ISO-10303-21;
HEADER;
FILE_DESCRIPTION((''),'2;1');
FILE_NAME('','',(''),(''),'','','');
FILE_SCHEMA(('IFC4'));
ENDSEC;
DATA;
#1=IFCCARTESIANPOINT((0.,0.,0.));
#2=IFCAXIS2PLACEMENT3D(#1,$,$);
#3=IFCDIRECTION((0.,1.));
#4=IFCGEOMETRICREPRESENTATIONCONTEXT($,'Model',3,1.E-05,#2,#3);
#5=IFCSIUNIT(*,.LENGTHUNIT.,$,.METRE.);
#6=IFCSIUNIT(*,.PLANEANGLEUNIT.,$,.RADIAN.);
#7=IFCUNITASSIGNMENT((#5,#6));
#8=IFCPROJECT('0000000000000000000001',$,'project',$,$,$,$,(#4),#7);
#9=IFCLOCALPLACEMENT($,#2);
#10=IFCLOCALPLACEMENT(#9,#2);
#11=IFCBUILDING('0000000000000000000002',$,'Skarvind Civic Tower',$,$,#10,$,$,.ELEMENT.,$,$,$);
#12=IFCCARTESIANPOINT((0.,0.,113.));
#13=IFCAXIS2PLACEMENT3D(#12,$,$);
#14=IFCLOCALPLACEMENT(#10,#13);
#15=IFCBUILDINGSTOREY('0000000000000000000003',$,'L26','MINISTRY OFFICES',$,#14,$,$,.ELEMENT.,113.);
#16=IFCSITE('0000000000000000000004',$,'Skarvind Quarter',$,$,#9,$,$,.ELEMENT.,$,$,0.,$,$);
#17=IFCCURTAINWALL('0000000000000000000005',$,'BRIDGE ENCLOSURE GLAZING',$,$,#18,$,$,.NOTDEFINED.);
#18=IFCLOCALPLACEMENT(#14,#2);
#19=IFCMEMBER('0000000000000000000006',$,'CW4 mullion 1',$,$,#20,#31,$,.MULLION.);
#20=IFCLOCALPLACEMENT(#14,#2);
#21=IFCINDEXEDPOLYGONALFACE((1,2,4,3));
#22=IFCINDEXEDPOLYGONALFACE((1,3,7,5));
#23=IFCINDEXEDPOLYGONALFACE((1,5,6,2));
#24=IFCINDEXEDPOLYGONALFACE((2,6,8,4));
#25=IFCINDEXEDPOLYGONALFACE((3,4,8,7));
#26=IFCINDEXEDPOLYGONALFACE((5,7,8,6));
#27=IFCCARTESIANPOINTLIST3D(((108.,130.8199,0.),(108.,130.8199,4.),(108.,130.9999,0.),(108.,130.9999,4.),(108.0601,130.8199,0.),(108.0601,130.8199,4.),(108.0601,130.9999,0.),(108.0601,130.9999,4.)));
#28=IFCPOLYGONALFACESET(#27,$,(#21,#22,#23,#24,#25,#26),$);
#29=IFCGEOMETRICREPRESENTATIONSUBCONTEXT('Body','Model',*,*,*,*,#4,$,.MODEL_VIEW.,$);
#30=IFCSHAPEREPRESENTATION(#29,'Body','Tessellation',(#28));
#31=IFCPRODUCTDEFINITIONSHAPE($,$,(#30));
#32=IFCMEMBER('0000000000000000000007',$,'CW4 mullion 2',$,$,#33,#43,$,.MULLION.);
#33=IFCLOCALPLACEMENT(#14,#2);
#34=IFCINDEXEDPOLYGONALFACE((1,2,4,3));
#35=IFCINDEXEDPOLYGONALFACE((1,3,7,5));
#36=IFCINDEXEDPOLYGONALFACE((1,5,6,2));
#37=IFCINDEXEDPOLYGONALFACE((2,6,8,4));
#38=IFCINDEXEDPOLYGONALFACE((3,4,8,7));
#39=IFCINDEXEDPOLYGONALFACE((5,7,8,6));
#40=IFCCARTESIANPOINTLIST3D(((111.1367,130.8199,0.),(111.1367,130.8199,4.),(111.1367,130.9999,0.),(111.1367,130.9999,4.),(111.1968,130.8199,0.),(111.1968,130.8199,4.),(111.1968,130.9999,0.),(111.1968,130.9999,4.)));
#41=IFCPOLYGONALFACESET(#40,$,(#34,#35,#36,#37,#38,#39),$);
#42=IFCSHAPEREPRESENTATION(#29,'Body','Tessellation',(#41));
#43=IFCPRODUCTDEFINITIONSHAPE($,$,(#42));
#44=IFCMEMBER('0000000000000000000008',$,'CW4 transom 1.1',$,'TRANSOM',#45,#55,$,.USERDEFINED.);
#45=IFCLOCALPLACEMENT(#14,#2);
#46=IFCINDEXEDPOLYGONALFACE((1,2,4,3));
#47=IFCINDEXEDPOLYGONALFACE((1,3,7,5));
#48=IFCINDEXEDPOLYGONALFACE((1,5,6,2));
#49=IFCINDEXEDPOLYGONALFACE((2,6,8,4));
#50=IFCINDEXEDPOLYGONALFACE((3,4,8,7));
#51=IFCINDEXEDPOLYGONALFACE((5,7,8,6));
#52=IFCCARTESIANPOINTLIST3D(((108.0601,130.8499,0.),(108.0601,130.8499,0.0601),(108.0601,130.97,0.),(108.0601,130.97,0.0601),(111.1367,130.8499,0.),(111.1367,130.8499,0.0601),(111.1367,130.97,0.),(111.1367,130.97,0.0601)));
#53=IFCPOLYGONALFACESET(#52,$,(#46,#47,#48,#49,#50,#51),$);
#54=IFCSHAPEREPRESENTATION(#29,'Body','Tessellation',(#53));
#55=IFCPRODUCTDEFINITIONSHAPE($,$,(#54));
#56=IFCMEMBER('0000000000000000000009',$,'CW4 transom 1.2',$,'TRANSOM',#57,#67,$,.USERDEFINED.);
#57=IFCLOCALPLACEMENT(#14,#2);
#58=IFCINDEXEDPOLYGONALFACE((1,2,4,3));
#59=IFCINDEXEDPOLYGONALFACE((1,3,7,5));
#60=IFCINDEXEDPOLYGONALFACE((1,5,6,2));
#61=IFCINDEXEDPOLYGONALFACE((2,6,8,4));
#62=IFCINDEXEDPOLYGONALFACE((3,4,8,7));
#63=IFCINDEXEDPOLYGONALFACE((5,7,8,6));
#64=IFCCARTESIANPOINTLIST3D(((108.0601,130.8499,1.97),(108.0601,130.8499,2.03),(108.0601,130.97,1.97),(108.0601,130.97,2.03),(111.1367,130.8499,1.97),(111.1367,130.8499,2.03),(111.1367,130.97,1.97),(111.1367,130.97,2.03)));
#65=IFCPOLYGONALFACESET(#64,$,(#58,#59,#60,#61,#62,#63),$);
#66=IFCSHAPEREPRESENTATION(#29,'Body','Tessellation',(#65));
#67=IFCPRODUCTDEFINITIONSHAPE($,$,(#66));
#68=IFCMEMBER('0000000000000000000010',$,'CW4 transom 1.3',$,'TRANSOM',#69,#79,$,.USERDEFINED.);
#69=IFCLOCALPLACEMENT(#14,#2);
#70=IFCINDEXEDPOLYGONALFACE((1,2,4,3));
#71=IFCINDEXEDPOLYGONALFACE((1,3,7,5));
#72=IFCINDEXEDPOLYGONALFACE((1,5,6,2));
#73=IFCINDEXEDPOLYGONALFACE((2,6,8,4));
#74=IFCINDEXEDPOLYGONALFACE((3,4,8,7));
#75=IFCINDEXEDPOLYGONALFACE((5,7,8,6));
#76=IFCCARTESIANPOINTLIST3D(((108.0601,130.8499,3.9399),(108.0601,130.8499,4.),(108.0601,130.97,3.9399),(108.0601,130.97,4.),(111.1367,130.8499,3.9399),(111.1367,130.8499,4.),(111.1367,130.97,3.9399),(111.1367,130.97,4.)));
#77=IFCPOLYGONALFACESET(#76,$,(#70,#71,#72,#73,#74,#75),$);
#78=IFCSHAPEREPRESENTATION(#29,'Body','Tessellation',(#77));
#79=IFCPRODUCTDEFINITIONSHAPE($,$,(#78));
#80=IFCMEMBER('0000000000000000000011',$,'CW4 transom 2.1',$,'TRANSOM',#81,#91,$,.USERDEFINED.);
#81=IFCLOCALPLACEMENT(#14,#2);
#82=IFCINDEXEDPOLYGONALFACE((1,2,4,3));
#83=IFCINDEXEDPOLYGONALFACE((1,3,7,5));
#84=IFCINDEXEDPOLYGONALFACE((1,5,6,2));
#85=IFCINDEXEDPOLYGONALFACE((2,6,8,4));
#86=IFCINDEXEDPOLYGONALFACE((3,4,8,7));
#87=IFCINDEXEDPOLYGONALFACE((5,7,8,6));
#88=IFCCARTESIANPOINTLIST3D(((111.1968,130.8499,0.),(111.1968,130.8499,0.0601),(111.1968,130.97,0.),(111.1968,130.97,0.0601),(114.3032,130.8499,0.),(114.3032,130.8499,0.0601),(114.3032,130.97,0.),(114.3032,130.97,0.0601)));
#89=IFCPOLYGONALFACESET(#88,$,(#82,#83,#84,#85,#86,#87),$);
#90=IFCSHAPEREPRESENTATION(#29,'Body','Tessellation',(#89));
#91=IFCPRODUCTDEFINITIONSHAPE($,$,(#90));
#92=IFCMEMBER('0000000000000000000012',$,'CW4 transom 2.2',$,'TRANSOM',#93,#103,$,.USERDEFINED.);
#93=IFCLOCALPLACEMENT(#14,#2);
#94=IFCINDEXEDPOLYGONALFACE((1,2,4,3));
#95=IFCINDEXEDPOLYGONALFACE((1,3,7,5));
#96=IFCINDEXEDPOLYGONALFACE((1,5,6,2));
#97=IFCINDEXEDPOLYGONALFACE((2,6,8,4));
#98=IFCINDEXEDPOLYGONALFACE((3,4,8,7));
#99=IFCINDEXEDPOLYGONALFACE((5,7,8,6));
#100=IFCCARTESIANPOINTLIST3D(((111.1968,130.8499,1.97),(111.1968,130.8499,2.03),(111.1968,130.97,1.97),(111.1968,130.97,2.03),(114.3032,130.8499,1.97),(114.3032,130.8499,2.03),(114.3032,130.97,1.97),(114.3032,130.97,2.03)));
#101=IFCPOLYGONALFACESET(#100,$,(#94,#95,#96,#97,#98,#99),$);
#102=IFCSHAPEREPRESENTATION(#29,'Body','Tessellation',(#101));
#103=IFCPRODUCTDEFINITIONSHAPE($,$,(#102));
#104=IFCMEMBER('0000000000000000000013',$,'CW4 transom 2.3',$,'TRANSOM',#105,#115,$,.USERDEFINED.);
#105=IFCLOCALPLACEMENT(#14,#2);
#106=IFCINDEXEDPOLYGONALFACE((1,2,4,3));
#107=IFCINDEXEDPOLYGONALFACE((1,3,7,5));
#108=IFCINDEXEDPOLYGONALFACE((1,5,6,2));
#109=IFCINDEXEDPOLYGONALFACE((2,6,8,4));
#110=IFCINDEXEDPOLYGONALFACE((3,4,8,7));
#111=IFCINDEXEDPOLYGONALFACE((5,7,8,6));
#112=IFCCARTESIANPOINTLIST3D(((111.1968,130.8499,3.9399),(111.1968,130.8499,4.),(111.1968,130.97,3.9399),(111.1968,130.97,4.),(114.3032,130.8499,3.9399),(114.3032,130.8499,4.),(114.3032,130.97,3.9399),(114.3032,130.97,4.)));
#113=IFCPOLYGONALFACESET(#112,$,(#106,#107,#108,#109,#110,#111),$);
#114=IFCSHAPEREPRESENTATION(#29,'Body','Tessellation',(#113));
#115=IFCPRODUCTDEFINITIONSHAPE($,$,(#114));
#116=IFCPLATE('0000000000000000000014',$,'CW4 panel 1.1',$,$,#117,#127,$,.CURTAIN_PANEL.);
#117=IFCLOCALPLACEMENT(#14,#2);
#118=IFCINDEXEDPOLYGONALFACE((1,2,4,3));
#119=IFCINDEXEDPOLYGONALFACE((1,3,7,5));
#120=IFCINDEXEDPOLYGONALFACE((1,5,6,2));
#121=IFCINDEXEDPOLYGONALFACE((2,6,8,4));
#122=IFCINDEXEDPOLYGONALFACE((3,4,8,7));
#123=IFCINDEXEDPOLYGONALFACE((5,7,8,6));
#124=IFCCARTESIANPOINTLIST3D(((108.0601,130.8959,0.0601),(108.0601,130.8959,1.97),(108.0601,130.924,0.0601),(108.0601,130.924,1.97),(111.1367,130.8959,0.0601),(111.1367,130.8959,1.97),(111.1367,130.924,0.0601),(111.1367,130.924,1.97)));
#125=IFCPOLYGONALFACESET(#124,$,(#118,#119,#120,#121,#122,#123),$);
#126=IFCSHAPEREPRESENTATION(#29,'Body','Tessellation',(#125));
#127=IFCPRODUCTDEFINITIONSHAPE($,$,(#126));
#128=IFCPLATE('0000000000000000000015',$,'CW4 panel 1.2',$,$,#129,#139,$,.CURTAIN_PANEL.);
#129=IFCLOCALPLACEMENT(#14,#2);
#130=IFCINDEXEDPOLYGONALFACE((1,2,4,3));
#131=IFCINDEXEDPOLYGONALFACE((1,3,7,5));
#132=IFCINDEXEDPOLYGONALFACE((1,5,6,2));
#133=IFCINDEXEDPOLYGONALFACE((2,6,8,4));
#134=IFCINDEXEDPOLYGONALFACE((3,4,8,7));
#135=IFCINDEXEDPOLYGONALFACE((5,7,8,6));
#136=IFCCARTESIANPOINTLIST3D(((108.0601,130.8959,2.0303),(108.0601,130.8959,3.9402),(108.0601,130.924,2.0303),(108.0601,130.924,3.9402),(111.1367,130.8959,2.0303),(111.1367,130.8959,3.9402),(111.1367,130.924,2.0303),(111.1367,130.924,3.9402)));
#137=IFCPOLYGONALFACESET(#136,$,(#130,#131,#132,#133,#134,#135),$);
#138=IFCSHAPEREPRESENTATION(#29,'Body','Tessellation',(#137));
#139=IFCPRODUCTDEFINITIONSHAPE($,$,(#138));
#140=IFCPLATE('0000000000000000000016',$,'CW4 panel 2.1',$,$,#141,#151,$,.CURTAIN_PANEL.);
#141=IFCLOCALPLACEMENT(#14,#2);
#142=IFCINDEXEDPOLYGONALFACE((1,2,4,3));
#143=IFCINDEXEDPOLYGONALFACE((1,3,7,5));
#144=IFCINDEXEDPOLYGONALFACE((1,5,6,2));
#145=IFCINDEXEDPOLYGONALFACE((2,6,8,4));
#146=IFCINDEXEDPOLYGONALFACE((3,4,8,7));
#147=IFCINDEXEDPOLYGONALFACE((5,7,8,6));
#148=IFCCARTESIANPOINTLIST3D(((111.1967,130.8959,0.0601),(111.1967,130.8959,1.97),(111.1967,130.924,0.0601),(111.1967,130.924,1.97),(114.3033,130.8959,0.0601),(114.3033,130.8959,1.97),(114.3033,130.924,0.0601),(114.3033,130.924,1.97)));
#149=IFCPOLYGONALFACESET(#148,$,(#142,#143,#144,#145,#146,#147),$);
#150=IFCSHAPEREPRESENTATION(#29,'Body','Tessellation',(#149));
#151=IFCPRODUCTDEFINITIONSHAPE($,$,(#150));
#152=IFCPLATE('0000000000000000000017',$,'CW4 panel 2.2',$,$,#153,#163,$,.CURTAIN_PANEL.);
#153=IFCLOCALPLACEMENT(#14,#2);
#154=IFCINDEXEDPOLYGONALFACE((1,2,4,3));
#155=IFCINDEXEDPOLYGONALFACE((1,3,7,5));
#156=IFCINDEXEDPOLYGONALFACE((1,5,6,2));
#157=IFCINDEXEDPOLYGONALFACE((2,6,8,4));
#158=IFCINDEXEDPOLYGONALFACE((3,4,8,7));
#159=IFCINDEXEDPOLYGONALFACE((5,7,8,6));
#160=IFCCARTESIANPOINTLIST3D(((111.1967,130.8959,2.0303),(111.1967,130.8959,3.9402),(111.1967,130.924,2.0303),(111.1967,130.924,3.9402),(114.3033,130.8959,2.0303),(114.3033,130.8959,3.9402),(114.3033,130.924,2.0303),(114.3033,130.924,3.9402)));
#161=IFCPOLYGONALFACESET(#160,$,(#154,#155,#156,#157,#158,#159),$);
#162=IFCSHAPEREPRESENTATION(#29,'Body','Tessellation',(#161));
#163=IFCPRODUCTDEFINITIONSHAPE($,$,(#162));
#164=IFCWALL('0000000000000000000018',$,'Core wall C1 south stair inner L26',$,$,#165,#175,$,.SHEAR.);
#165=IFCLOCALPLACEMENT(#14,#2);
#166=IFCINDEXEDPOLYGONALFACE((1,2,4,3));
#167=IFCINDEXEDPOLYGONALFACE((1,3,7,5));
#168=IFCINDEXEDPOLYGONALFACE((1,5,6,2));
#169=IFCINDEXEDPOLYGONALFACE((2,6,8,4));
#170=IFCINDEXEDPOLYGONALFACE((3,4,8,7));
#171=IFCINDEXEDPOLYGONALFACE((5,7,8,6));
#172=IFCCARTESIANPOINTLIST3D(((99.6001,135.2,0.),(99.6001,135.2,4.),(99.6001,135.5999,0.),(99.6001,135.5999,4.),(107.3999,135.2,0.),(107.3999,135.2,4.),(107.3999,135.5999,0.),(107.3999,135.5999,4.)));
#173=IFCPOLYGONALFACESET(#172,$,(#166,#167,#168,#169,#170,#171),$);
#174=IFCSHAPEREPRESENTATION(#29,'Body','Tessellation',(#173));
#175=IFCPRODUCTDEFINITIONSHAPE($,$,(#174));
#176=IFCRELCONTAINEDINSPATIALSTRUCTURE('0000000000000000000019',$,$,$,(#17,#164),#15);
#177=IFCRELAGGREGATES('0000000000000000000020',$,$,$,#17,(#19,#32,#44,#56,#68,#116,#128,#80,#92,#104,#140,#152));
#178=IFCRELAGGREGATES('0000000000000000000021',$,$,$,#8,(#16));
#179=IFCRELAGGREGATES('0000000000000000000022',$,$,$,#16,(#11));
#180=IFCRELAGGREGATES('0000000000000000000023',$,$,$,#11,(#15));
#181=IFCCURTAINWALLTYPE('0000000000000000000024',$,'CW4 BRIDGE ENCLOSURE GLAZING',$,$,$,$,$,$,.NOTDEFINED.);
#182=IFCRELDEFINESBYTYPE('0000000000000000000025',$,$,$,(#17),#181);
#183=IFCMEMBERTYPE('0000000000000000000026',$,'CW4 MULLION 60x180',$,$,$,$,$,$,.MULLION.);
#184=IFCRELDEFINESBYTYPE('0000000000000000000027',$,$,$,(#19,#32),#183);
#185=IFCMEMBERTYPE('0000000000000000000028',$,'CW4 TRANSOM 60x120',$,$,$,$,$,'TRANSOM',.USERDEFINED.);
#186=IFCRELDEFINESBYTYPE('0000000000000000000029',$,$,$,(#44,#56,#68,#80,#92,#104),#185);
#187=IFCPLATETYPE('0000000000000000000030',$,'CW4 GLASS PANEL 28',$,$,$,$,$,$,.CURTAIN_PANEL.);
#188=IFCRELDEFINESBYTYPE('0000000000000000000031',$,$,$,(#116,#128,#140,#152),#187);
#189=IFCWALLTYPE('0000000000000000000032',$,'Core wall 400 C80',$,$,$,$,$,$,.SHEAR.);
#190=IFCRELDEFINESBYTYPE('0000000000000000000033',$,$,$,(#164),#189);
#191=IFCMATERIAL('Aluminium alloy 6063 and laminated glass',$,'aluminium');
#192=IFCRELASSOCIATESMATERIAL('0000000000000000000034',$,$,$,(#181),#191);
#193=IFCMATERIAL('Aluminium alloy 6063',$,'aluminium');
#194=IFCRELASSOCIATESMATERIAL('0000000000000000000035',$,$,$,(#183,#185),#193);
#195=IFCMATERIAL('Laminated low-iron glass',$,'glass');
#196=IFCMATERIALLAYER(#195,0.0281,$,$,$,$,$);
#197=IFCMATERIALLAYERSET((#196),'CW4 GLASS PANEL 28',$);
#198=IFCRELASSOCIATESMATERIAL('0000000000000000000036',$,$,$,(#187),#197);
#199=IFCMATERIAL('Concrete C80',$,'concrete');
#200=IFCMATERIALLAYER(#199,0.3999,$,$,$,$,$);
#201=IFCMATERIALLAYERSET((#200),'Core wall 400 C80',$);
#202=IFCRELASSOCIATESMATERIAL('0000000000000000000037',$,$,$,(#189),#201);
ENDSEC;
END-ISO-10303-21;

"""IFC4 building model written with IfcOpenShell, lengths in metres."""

from ifc_helpers import new_model, si_unit, direction, frame, frame_2d, origin, origin_2d, place, context, subcontext, project, spatial, rectangle, extrude, material, layer, layer_set, material_profile, profile_set, type_object, element, aggregate, save


model = new_model("IFC4")

# Units and contexts
model_context = context("Model", 3, precision=1e-05, world=origin(), true_north=direction((0.0, 1.0)))
body_context = subcontext(model_context, "Body", "Model", "MODEL_VIEW")
ifc_project = project(units=[si_unit("LENGTHUNIT", "METRE"), si_unit("PLANEANGLEUNIT", "RADIAN")], contexts=[model_context])

# Site, building, storey
site_placement = place(None, origin())
site = spatial("IfcSite", under=ifc_project, at=site_placement, Name="Skarvind Quarter", CompositionType="ELEMENT", RefElevation=0.0)
building_placement = place(site_placement, origin())
building = spatial("IfcBuilding", under=site, at=building_placement, Name="Skarvind Civic Tower", CompositionType="ELEMENT")
storey_placement = place(building_placement, frame((0.0, 0.0, 113.0)))
storey = spatial("IfcBuildingStorey", under=building, at=storey_placement, Name="L26", Description="MINISTRY OFFICES", CompositionType="ELEMENT", Elevation=113.0)

# Curtain wall, members, plates
ifc_material_1 = material(Name="Aluminium alloy 6063 and laminated glass", Category="aluminium")
curtain_wall_type = type_object("IfcCurtainWallType", Name="CW4 BRIDGE ENCLOSURE GLAZING", PredefinedType="NOTDEFINED", material=ifc_material_1)
curtain_wall_placement = place(storey_placement, origin())
curtain_wall = element("IfcCurtainWall", 1, at=curtain_wall_placement, inside=storey, type_object=curtain_wall_type, Name="BRIDGE ENCLOSURE GLAZING", PredefinedType="NOTDEFINED")
ifc_material_2 = material(Name="Aluminium alloy 6063", Category="aluminium")
ifc_material_profile_1 = material_profile(ifc_material_2, rectangle(XDim=0.1799, YDim=0.0601, at=origin_2d()), Name="AL 60x180")
ifc_profile_set_1 = profile_set([ifc_material_profile_1], Name="Aluminium alloy 6063")
member_type_1 = type_object("IfcMemberType", Name="CW4 MULLION 60x180", PredefinedType="MULLION", material=ifc_profile_set_1)
member_1_placement = place(storey_placement, frame((108.03, 130.9099, 0.0), z_axis=(0.0, 0.0, 1.0), x_axis=(0.0, 1.0, 0.0)))
member_1 = element("IfcMember", 2, at=member_1_placement, type_object=member_type_1, Name="CW4 mullion 1", PredefinedType="MULLION", context=body_context, shape_type="SweptSolid", body=[
    extrude(rectangle(XDim=0.1799, YDim=0.0601, at=origin_2d()), origin(), (0.0, 0.0, 1.0), 4.0),
])
member_2_placement = place(storey_placement, frame((111.1667, 130.9099, 0.0), z_axis=(0.0, 0.0, 1.0), x_axis=(0.0, 1.0, 0.0)))
member_2 = element("IfcMember", 3, at=member_2_placement, type_object=member_type_1, Name="CW4 mullion 2", PredefinedType="MULLION", context=body_context, shape_type="SweptSolid", body=[
    extrude(rectangle(XDim=0.1799, YDim=0.0601, at=origin_2d()), origin(), (0.0, 0.0, 1.0), 4.0),
])
ifc_material_profile_2 = material_profile(ifc_material_2, rectangle(XDim=0.1201, YDim=0.0601, at=origin_2d()), Name="AL 60x120")
ifc_profile_set_2 = profile_set([ifc_material_profile_2], Name="Aluminium alloy 6063")
member_type_2 = type_object("IfcMemberType", Name="CW4 TRANSOM 60x120", ElementType="TRANSOM", PredefinedType="USERDEFINED", material=ifc_profile_set_2)
member_3_placement = place(storey_placement, frame((108.0601, 130.9099, 0.03), z_axis=(1.0, 0.0, 0.0), x_axis=(0.0, 1.0, 0.0)))
member_3 = element("IfcMember", 4, at=member_3_placement, type_object=member_type_2, Name="CW4 transom 1.1", ObjectType="TRANSOM", PredefinedType="USERDEFINED", context=body_context, shape_type="SweptSolid", body=[
    extrude(rectangle(XDim=0.1201, YDim=0.0601, at=origin_2d()), origin(), (0.0, 0.0, 1.0), 3.0767),
])
member_4_placement = place(storey_placement, frame((108.0601, 130.9099, 2.0), z_axis=(1.0, 0.0, 0.0), x_axis=(0.0, 1.0, 0.0)))
member_4 = element("IfcMember", 5, at=member_4_placement, type_object=member_type_2, Name="CW4 transom 1.2", ObjectType="TRANSOM", PredefinedType="USERDEFINED", context=body_context, shape_type="SweptSolid", body=[
    extrude(rectangle(XDim=0.1201, YDim=0.0601, at=origin_2d()), origin(), (0.0, 0.0, 1.0), 3.0767),
])
member_5_placement = place(storey_placement, frame((108.0601, 130.9099, 3.97), z_axis=(1.0, 0.0, 0.0), x_axis=(0.0, 1.0, 0.0)))
member_5 = element("IfcMember", 6, at=member_5_placement, type_object=member_type_2, Name="CW4 transom 1.3", ObjectType="TRANSOM", PredefinedType="USERDEFINED", context=body_context, shape_type="SweptSolid", body=[
    extrude(rectangle(XDim=0.1201, YDim=0.0601, at=origin_2d()), origin(), (0.0, 0.0, 1.0), 3.0767),
])
member_6_placement = place(storey_placement, frame((111.1968, 130.9099, 0.03), z_axis=(1.0, 0.0, 0.0), x_axis=(0.0, 1.0, 0.0)))
member_6 = element("IfcMember", 7, at=member_6_placement, type_object=member_type_2, Name="CW4 transom 2.1", ObjectType="TRANSOM", PredefinedType="USERDEFINED", context=body_context, shape_type="SweptSolid", body=[
    extrude(rectangle(XDim=0.1201, YDim=0.0601, at=origin_2d()), origin(), (0.0, 0.0, 1.0), 3.1064),
])
member_7_placement = place(storey_placement, frame((111.1968, 130.9099, 2.0), z_axis=(1.0, 0.0, 0.0), x_axis=(0.0, 1.0, 0.0)))
member_7 = element("IfcMember", 8, at=member_7_placement, type_object=member_type_2, Name="CW4 transom 2.2", ObjectType="TRANSOM", PredefinedType="USERDEFINED", context=body_context, shape_type="SweptSolid", body=[
    extrude(rectangle(XDim=0.1201, YDim=0.0601, at=origin_2d()), origin(), (0.0, 0.0, 1.0), 3.1064),
])
member_8_placement = place(storey_placement, frame((111.1968, 130.9099, 3.97), z_axis=(1.0, 0.0, 0.0), x_axis=(0.0, 1.0, 0.0)))
member_8 = element("IfcMember", 9, at=member_8_placement, type_object=member_type_2, Name="CW4 transom 2.3", ObjectType="TRANSOM", PredefinedType="USERDEFINED", context=body_context, shape_type="SweptSolid", body=[
    extrude(rectangle(XDim=0.1201, YDim=0.0601, at=origin_2d()), origin(), (0.0, 0.0, 1.0), 3.1064),
])
ifc_material_3 = material(Name="Laminated low-iron glass", Category="glass")
ifc_layer_1 = layer(ifc_material_3, 0.0281)
ifc_layer_set_1 = layer_set([ifc_layer_1], Name="CW4 GLASS PANEL 28")
plate_type = type_object("IfcPlateType", Name="CW4 GLASS PANEL 28", PredefinedType="CURTAIN_PANEL", material=ifc_layer_set_1)
plate_1_placement = place(storey_placement, frame((109.5984, 130.9099, 0.0601), z_axis=(0.0, 0.0, 1.0), x_axis=(1.0, 0.0, 0.0)))
plate_1 = element("IfcPlate", 10, at=plate_1_placement, type_object=plate_type, Name="CW4 panel 1.1", PredefinedType="CURTAIN_PANEL", context=body_context, shape_type="SweptSolid", body=[
    extrude(rectangle(XDim=3.0767, YDim=0.0281, at=origin_2d()), origin(), (0.0, 0.0, 1.0), 1.9099),
])
plate_2_placement = place(storey_placement, frame((109.5984, 130.9099, 2.0303), z_axis=(0.0, 0.0, 1.0), x_axis=(1.0, 0.0, 0.0)))
plate_2 = element("IfcPlate", 11, at=plate_2_placement, type_object=plate_type, Name="CW4 panel 1.2", PredefinedType="CURTAIN_PANEL", context=body_context, shape_type="SweptSolid", body=[
    extrude(rectangle(XDim=3.0767, YDim=0.0281, at=origin_2d()), origin(), (0.0, 0.0, 1.0), 1.9099),
])
plate_3_placement = place(storey_placement, frame((112.75, 130.9099, 0.0601), z_axis=(0.0, 0.0, 1.0), x_axis=(1.0, 0.0, 0.0)))
plate_3 = element("IfcPlate", 12, at=plate_3_placement, type_object=plate_type, Name="CW4 panel 2.1", PredefinedType="CURTAIN_PANEL", context=body_context, shape_type="SweptSolid", body=[
    extrude(rectangle(XDim=3.1067, YDim=0.0281, at=origin_2d()), origin(), (0.0, 0.0, 1.0), 1.9099),
])
plate_4_placement = place(storey_placement, frame((112.75, 130.9099, 2.0303), z_axis=(0.0, 0.0, 1.0), x_axis=(1.0, 0.0, 0.0)))
plate_4 = element("IfcPlate", 13, at=plate_4_placement, type_object=plate_type, Name="CW4 panel 2.2", PredefinedType="CURTAIN_PANEL", context=body_context, shape_type="SweptSolid", body=[
    extrude(rectangle(XDim=3.1067, YDim=0.0281, at=origin_2d()), origin(), (0.0, 0.0, 1.0), 1.9099),
])
aggregate(curtain_wall, [member_1, member_2, member_3, member_4, member_5, plate_1, plate_2, member_6, member_7, member_8, plate_3, plate_4])

# Wall
ifc_material_4 = material(Name="Concrete C80", Category="concrete")
ifc_layer_2 = layer(ifc_material_4, 0.3999)
ifc_layer_set_2 = layer_set([ifc_layer_2], Name="Core wall 400 C80")
wall_type_1 = type_object("IfcWallType", Name="Core wall 400 C80", PredefinedType="SHEAR", material=ifc_layer_set_2)
wall_1_placement = place(storey_placement, frame((107.3999, 135.3999, 0.0), z_axis=(0.0, 0.0, 1.0), x_axis=(-1.0, 0.0, 0.0)))
element("IfcWall", 14, at=wall_1_placement, inside=storey, type_object=wall_type_1, Name="Core wall C1 south stair inner L26", PredefinedType="SHEAR", context=body_context, shape_type="SweptSolid", body=[
    extrude(rectangle(XDim=7.7998, YDim=0.3999, at=frame_2d((3.8999, 0.0))), origin(), (0.0, 0.0, 1.0), 4.0),
])

save(model, "model.ifc")
